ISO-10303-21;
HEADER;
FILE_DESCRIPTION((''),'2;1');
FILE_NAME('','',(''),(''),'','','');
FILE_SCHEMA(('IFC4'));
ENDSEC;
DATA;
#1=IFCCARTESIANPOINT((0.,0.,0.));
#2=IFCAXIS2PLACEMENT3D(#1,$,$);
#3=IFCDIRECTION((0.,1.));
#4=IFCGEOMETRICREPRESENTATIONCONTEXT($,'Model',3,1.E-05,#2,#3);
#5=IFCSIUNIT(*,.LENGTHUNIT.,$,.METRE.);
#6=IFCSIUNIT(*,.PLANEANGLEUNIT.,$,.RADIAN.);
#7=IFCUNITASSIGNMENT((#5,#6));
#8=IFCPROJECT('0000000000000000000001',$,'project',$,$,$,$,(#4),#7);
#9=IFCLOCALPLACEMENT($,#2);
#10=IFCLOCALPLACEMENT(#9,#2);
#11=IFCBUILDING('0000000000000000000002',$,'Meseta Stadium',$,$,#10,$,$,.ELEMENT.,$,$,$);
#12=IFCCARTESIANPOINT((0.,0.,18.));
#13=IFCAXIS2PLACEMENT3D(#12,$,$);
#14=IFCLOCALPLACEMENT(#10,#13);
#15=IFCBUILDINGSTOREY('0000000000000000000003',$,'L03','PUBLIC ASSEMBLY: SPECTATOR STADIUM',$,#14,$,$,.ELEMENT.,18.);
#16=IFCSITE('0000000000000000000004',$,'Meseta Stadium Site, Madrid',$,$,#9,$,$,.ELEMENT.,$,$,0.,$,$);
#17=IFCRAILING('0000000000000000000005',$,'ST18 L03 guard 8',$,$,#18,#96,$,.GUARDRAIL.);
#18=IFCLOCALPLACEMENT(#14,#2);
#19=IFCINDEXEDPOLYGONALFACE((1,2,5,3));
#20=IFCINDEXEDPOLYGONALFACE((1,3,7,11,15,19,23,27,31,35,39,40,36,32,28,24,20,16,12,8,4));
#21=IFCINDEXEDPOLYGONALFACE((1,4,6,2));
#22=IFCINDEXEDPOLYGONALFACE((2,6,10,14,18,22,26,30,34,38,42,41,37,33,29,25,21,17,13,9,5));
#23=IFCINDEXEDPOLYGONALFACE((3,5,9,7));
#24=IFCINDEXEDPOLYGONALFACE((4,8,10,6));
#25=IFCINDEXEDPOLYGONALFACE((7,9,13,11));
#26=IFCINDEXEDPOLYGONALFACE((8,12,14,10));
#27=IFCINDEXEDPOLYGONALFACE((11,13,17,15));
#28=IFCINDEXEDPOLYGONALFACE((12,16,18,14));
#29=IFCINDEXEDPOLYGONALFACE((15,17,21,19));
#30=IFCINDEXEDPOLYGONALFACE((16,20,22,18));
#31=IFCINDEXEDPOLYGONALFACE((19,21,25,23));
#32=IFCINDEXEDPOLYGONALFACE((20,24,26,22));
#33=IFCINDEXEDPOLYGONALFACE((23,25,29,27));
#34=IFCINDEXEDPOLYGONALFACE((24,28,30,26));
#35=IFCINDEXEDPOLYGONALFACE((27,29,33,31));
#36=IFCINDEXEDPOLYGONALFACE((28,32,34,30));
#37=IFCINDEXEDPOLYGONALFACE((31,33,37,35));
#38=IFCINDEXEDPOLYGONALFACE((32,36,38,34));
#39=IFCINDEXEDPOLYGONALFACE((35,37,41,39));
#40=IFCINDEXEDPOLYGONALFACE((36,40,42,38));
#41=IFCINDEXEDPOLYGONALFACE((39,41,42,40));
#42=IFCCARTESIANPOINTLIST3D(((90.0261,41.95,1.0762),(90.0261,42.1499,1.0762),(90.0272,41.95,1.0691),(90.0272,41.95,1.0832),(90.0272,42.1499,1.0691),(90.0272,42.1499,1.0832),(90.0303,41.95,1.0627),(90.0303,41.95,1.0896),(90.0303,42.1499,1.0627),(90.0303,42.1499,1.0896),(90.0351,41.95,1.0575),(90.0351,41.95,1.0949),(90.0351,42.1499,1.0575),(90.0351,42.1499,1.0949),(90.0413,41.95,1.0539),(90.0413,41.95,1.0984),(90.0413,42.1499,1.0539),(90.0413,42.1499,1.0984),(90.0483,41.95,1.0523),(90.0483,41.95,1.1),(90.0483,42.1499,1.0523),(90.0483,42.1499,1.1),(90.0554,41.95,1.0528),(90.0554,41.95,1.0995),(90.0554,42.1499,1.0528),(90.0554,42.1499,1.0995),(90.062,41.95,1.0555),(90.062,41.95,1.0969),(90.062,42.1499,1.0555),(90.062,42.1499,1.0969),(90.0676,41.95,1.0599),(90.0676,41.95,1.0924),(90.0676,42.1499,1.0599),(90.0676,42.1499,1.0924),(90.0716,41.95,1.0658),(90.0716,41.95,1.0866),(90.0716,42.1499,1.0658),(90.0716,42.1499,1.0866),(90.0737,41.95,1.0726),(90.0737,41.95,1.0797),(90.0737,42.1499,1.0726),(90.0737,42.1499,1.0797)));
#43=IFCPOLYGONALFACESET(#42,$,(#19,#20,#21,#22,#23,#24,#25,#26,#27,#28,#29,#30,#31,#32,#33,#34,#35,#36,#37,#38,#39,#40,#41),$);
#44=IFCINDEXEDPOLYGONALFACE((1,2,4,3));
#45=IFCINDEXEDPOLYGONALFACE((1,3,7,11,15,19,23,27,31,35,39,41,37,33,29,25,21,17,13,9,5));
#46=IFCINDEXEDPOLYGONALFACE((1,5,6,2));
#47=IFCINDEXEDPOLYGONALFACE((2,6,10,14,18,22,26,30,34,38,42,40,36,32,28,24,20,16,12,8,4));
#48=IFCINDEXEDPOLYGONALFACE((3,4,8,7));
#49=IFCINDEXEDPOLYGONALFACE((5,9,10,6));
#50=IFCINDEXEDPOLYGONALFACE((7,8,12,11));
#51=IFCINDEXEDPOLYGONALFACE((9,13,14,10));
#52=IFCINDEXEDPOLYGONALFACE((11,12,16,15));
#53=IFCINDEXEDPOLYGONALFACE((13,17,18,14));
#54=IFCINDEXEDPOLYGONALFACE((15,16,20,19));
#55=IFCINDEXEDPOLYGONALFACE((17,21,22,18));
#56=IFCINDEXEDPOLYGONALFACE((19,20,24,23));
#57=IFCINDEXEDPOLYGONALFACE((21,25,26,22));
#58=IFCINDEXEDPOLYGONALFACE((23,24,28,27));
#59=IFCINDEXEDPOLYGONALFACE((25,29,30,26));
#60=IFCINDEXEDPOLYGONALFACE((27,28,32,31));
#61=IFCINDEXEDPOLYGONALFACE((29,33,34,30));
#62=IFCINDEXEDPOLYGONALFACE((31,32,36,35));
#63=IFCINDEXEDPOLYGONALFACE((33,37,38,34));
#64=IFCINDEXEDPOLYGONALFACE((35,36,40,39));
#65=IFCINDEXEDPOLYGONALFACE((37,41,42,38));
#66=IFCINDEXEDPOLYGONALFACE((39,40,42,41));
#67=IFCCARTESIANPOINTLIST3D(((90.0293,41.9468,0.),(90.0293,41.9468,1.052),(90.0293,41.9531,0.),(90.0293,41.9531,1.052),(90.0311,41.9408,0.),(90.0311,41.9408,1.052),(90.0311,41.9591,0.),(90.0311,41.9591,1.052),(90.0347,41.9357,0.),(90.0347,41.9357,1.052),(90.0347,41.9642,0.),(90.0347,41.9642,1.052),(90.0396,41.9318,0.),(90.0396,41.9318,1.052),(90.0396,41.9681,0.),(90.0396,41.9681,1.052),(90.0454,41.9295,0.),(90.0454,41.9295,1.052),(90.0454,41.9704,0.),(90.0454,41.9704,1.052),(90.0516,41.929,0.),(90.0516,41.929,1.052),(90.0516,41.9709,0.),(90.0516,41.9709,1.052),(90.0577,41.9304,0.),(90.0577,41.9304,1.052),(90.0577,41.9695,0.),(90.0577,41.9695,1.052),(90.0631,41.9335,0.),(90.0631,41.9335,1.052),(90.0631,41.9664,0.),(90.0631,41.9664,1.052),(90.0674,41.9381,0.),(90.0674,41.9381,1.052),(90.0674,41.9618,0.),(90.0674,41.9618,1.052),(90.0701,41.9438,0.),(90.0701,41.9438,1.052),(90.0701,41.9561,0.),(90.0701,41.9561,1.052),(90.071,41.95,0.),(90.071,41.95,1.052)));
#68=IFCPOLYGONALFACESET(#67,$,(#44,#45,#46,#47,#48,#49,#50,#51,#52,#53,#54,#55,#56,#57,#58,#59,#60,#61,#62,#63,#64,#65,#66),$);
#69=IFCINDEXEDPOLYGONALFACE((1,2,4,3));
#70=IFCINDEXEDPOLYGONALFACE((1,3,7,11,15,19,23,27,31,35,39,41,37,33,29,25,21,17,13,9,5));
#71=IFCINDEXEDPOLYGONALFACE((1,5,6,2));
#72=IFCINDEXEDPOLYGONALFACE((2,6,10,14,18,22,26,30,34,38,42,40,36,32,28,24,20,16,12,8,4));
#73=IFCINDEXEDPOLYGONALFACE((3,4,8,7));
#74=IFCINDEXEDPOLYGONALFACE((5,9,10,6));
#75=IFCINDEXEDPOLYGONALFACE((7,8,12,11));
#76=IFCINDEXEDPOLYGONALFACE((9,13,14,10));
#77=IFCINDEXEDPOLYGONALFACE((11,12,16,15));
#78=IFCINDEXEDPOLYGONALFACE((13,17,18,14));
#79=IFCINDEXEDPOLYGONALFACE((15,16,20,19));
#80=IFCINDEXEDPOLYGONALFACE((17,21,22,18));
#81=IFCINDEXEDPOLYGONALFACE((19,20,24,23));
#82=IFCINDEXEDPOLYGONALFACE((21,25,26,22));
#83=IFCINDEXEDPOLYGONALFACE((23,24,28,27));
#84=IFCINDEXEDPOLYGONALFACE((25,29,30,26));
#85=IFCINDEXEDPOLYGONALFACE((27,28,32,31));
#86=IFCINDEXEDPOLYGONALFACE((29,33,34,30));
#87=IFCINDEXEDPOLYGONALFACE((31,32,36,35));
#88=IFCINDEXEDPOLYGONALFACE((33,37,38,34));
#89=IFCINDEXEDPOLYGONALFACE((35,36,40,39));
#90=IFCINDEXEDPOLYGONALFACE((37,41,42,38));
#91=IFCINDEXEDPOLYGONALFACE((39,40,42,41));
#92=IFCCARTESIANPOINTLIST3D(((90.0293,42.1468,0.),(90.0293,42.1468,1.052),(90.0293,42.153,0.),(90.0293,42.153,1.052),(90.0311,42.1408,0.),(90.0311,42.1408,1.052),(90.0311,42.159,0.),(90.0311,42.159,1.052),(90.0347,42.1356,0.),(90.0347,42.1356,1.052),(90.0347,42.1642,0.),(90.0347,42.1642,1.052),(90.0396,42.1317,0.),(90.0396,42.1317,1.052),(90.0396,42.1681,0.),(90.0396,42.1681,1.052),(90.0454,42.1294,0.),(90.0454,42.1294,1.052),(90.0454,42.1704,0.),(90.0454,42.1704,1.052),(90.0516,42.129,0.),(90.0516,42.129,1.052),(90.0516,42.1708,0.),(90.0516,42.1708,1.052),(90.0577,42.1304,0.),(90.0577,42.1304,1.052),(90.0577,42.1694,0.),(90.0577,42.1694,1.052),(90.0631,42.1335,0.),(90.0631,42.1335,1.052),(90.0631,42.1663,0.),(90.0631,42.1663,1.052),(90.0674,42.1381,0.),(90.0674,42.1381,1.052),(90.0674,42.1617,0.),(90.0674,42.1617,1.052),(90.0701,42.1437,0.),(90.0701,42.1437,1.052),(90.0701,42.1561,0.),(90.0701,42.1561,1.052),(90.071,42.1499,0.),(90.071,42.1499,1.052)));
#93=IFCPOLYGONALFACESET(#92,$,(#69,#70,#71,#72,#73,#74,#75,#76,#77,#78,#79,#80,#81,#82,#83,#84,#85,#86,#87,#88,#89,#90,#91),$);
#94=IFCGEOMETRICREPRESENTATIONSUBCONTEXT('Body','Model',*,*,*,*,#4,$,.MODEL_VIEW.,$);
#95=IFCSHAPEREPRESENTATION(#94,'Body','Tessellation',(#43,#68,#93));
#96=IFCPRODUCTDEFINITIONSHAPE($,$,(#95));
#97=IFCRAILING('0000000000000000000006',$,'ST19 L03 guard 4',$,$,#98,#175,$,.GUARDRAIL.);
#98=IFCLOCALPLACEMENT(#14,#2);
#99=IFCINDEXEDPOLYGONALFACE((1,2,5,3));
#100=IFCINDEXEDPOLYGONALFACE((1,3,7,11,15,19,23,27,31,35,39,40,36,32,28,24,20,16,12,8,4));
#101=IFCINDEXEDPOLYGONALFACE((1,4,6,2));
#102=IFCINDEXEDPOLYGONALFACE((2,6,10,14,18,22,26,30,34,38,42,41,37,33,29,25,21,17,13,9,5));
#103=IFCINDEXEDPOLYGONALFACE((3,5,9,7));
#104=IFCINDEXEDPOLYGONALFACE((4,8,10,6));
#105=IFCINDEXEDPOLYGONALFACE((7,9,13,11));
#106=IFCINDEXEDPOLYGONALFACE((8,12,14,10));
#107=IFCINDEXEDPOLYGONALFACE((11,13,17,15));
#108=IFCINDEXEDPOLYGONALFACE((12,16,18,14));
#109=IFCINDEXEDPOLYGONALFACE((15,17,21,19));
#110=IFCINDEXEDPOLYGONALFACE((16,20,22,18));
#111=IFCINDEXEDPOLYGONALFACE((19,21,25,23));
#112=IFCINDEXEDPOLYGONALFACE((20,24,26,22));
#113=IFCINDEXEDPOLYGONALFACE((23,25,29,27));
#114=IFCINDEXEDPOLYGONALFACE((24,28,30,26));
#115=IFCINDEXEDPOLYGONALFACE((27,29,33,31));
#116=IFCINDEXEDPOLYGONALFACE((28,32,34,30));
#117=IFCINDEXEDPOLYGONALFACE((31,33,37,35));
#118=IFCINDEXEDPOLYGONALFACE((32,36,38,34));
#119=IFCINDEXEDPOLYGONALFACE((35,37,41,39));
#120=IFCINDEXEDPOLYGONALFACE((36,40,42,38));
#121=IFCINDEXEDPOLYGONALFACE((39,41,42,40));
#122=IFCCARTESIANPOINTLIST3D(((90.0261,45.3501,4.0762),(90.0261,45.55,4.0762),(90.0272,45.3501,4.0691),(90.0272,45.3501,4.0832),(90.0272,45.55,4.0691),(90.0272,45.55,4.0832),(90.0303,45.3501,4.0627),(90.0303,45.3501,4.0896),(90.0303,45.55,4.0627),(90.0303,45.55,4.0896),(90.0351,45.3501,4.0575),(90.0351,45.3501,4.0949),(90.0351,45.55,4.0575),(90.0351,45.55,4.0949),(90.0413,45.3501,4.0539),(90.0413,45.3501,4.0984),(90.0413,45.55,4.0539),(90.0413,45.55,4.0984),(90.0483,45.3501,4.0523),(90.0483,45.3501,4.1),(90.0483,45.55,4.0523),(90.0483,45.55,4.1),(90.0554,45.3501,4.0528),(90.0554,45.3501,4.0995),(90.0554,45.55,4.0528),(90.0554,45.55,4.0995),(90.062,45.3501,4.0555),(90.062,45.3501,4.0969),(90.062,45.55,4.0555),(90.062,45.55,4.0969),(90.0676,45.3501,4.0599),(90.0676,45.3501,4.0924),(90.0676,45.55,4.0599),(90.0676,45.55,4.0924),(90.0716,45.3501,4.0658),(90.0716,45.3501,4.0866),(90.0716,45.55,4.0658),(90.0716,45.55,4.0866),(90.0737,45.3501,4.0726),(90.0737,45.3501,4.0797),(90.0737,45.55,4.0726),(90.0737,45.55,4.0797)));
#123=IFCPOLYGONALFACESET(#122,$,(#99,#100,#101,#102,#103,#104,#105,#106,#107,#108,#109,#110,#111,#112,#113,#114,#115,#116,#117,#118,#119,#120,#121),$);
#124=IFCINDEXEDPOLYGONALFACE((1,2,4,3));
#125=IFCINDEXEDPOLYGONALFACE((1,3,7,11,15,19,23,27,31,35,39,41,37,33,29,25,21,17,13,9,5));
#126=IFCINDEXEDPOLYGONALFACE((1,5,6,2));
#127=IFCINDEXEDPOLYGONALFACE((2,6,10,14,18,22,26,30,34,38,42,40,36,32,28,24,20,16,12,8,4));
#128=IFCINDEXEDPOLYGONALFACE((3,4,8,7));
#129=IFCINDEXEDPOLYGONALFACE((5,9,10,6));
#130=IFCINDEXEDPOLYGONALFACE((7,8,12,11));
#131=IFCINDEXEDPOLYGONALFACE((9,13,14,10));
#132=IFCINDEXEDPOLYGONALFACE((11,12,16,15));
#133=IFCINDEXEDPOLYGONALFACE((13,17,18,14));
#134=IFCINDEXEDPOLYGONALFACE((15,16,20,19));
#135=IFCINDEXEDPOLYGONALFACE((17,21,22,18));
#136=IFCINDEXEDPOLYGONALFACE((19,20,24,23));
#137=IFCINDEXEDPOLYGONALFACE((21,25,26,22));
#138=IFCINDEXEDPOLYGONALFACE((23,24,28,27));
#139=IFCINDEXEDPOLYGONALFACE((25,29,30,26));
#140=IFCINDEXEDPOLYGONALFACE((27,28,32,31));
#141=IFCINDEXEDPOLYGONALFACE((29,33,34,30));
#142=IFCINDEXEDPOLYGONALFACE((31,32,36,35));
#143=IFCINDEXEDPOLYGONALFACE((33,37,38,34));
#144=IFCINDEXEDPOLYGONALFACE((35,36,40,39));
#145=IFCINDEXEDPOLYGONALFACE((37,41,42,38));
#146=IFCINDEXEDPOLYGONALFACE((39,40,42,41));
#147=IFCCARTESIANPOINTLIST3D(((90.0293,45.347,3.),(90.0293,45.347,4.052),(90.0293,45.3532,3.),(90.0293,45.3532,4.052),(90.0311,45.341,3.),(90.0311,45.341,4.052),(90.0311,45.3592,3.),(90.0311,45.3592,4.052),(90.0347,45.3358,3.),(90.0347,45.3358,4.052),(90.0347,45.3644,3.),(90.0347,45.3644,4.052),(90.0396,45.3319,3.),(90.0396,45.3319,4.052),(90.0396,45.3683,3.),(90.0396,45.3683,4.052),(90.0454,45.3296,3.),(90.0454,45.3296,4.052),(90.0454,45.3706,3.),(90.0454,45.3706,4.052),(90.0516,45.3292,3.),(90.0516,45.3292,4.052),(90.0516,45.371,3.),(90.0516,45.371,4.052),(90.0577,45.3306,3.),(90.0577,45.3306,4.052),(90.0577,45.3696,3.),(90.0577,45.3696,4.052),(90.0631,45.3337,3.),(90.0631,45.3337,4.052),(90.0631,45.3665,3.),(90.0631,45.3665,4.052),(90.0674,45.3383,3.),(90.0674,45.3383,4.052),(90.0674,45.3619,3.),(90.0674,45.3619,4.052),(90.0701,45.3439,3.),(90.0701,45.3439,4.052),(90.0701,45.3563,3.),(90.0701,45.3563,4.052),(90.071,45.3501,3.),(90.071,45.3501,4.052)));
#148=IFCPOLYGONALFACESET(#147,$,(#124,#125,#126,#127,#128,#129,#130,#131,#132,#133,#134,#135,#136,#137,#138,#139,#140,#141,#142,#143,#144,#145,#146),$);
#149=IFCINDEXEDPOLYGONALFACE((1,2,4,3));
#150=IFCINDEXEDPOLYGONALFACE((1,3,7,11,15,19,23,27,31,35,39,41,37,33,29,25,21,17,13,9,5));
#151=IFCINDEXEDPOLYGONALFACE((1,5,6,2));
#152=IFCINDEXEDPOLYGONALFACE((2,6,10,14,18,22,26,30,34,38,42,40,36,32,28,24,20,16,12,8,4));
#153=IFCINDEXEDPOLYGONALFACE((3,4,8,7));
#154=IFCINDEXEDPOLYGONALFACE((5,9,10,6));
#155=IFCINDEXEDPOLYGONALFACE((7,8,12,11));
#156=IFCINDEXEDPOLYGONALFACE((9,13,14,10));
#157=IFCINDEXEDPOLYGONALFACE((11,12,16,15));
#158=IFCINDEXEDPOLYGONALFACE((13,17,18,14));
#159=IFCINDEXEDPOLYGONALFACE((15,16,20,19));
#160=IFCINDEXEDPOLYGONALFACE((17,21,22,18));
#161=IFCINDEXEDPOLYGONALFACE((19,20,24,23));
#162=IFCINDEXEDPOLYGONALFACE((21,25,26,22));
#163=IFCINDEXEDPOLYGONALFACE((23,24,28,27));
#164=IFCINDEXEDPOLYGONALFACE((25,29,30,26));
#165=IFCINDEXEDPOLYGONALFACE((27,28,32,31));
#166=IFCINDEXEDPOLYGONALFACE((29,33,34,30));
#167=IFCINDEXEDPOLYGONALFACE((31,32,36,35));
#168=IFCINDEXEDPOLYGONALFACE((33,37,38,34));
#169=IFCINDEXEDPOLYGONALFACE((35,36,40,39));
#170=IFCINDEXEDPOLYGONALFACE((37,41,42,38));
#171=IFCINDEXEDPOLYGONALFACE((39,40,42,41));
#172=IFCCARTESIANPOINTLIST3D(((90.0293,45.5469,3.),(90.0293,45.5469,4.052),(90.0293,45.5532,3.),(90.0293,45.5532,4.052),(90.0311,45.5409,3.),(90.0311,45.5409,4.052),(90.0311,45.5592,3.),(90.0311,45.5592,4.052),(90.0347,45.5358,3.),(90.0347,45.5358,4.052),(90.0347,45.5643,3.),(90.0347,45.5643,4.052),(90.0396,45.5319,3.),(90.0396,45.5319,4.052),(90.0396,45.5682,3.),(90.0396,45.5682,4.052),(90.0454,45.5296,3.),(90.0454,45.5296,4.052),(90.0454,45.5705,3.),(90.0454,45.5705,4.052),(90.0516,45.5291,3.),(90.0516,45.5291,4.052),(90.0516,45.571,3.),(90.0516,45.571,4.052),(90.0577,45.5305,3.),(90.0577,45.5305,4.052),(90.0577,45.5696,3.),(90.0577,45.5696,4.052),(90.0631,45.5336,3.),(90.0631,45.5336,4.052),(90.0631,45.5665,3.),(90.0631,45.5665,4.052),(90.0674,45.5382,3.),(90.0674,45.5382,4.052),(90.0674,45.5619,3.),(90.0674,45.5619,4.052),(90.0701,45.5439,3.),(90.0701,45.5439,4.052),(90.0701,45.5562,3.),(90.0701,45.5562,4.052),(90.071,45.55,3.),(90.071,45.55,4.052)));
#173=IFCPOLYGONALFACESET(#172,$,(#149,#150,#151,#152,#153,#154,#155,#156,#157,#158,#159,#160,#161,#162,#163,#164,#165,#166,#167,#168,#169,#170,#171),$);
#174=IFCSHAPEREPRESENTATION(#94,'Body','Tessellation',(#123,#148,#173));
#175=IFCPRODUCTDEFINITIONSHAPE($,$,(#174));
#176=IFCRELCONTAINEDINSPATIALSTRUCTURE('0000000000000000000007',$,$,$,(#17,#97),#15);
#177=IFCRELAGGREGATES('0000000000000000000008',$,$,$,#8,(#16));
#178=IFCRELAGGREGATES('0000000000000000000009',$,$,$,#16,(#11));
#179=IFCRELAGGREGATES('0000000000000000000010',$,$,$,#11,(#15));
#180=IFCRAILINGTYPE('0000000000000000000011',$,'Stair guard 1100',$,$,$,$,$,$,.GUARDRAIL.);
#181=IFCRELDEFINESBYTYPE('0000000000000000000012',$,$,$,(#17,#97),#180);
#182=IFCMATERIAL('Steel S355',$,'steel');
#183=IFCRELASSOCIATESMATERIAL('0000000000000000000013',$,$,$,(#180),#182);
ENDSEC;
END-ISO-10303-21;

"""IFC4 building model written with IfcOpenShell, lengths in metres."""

from ifc_helpers import new_model, si_unit, direction, frame, origin, origin_2d, place, context, subcontext, project, spatial, circle, extrude, material, type_object, element, save


model = new_model("IFC4")

# Units and contexts
model_context = context("Model", 3, precision=1e-05, world=origin(), true_north=direction((0.0, 1.0)))
body_context = subcontext(model_context, "Body", "Model", "MODEL_VIEW")
ifc_project = project(units=[si_unit("LENGTHUNIT", "METRE"), si_unit("PLANEANGLEUNIT", "RADIAN")], contexts=[model_context])

# Site, building, storey
site_placement = place(None, origin())
site = spatial("IfcSite", under=ifc_project, at=site_placement, Name="Meseta Stadium Site, Madrid", CompositionType="ELEMENT", RefElevation=0.0)
building_placement = place(site_placement, origin())
building = spatial("IfcBuilding", under=site, at=building_placement, Name="Meseta Stadium", CompositionType="ELEMENT")
storey_placement = place(building_placement, frame((0.0, 0.0, 18.0)))
storey = spatial("IfcBuildingStorey", under=building, at=storey_placement, Name="L03", Description="PUBLIC ASSEMBLY: SPECTATOR STADIUM", CompositionType="ELEMENT", Elevation=18.0)

# Railings
ifc_material_1 = material(Name="Steel S355", Category="steel")
railing_type_1 = type_object("IfcRailingType", Name="Stair guard 1100", PredefinedType="GUARDRAIL", material=ifc_material_1)
for number, where, name in (
    (1, (90.05, 41.95, 0.0), "ST18 L03 guard 8"),
    (2, (90.05, 45.3501, 3.0), "ST19 L03 guard 4"),
):
    element("IfcRailing", number, at=place(storey_placement, frame(where)), inside=storey, type_object=railing_type_1, Name=name, PredefinedType="GUARDRAIL", context=body_context, shape_type="SweptSolid", body=[
        extrude(circle(Radius=0.0239, at=origin_2d()), frame((0.0, 0.0, 1.0762), z_axis=(0.0, 1.0, 0.0), x_axis=(-1.0, 0.0, 0.0)), (0.0, 0.0, 1.0), 0.2),
        extrude(circle(Radius=0.021, at=origin_2d()), origin(), (0.0, 0.0, 1.0), 1.052),
        extrude(circle(Radius=0.021, at=origin_2d()), frame((0.0, 0.2, 0.0)), (0.0, 0.0, 1.0), 1.052),
    ])

save(model, "model.ifc")
